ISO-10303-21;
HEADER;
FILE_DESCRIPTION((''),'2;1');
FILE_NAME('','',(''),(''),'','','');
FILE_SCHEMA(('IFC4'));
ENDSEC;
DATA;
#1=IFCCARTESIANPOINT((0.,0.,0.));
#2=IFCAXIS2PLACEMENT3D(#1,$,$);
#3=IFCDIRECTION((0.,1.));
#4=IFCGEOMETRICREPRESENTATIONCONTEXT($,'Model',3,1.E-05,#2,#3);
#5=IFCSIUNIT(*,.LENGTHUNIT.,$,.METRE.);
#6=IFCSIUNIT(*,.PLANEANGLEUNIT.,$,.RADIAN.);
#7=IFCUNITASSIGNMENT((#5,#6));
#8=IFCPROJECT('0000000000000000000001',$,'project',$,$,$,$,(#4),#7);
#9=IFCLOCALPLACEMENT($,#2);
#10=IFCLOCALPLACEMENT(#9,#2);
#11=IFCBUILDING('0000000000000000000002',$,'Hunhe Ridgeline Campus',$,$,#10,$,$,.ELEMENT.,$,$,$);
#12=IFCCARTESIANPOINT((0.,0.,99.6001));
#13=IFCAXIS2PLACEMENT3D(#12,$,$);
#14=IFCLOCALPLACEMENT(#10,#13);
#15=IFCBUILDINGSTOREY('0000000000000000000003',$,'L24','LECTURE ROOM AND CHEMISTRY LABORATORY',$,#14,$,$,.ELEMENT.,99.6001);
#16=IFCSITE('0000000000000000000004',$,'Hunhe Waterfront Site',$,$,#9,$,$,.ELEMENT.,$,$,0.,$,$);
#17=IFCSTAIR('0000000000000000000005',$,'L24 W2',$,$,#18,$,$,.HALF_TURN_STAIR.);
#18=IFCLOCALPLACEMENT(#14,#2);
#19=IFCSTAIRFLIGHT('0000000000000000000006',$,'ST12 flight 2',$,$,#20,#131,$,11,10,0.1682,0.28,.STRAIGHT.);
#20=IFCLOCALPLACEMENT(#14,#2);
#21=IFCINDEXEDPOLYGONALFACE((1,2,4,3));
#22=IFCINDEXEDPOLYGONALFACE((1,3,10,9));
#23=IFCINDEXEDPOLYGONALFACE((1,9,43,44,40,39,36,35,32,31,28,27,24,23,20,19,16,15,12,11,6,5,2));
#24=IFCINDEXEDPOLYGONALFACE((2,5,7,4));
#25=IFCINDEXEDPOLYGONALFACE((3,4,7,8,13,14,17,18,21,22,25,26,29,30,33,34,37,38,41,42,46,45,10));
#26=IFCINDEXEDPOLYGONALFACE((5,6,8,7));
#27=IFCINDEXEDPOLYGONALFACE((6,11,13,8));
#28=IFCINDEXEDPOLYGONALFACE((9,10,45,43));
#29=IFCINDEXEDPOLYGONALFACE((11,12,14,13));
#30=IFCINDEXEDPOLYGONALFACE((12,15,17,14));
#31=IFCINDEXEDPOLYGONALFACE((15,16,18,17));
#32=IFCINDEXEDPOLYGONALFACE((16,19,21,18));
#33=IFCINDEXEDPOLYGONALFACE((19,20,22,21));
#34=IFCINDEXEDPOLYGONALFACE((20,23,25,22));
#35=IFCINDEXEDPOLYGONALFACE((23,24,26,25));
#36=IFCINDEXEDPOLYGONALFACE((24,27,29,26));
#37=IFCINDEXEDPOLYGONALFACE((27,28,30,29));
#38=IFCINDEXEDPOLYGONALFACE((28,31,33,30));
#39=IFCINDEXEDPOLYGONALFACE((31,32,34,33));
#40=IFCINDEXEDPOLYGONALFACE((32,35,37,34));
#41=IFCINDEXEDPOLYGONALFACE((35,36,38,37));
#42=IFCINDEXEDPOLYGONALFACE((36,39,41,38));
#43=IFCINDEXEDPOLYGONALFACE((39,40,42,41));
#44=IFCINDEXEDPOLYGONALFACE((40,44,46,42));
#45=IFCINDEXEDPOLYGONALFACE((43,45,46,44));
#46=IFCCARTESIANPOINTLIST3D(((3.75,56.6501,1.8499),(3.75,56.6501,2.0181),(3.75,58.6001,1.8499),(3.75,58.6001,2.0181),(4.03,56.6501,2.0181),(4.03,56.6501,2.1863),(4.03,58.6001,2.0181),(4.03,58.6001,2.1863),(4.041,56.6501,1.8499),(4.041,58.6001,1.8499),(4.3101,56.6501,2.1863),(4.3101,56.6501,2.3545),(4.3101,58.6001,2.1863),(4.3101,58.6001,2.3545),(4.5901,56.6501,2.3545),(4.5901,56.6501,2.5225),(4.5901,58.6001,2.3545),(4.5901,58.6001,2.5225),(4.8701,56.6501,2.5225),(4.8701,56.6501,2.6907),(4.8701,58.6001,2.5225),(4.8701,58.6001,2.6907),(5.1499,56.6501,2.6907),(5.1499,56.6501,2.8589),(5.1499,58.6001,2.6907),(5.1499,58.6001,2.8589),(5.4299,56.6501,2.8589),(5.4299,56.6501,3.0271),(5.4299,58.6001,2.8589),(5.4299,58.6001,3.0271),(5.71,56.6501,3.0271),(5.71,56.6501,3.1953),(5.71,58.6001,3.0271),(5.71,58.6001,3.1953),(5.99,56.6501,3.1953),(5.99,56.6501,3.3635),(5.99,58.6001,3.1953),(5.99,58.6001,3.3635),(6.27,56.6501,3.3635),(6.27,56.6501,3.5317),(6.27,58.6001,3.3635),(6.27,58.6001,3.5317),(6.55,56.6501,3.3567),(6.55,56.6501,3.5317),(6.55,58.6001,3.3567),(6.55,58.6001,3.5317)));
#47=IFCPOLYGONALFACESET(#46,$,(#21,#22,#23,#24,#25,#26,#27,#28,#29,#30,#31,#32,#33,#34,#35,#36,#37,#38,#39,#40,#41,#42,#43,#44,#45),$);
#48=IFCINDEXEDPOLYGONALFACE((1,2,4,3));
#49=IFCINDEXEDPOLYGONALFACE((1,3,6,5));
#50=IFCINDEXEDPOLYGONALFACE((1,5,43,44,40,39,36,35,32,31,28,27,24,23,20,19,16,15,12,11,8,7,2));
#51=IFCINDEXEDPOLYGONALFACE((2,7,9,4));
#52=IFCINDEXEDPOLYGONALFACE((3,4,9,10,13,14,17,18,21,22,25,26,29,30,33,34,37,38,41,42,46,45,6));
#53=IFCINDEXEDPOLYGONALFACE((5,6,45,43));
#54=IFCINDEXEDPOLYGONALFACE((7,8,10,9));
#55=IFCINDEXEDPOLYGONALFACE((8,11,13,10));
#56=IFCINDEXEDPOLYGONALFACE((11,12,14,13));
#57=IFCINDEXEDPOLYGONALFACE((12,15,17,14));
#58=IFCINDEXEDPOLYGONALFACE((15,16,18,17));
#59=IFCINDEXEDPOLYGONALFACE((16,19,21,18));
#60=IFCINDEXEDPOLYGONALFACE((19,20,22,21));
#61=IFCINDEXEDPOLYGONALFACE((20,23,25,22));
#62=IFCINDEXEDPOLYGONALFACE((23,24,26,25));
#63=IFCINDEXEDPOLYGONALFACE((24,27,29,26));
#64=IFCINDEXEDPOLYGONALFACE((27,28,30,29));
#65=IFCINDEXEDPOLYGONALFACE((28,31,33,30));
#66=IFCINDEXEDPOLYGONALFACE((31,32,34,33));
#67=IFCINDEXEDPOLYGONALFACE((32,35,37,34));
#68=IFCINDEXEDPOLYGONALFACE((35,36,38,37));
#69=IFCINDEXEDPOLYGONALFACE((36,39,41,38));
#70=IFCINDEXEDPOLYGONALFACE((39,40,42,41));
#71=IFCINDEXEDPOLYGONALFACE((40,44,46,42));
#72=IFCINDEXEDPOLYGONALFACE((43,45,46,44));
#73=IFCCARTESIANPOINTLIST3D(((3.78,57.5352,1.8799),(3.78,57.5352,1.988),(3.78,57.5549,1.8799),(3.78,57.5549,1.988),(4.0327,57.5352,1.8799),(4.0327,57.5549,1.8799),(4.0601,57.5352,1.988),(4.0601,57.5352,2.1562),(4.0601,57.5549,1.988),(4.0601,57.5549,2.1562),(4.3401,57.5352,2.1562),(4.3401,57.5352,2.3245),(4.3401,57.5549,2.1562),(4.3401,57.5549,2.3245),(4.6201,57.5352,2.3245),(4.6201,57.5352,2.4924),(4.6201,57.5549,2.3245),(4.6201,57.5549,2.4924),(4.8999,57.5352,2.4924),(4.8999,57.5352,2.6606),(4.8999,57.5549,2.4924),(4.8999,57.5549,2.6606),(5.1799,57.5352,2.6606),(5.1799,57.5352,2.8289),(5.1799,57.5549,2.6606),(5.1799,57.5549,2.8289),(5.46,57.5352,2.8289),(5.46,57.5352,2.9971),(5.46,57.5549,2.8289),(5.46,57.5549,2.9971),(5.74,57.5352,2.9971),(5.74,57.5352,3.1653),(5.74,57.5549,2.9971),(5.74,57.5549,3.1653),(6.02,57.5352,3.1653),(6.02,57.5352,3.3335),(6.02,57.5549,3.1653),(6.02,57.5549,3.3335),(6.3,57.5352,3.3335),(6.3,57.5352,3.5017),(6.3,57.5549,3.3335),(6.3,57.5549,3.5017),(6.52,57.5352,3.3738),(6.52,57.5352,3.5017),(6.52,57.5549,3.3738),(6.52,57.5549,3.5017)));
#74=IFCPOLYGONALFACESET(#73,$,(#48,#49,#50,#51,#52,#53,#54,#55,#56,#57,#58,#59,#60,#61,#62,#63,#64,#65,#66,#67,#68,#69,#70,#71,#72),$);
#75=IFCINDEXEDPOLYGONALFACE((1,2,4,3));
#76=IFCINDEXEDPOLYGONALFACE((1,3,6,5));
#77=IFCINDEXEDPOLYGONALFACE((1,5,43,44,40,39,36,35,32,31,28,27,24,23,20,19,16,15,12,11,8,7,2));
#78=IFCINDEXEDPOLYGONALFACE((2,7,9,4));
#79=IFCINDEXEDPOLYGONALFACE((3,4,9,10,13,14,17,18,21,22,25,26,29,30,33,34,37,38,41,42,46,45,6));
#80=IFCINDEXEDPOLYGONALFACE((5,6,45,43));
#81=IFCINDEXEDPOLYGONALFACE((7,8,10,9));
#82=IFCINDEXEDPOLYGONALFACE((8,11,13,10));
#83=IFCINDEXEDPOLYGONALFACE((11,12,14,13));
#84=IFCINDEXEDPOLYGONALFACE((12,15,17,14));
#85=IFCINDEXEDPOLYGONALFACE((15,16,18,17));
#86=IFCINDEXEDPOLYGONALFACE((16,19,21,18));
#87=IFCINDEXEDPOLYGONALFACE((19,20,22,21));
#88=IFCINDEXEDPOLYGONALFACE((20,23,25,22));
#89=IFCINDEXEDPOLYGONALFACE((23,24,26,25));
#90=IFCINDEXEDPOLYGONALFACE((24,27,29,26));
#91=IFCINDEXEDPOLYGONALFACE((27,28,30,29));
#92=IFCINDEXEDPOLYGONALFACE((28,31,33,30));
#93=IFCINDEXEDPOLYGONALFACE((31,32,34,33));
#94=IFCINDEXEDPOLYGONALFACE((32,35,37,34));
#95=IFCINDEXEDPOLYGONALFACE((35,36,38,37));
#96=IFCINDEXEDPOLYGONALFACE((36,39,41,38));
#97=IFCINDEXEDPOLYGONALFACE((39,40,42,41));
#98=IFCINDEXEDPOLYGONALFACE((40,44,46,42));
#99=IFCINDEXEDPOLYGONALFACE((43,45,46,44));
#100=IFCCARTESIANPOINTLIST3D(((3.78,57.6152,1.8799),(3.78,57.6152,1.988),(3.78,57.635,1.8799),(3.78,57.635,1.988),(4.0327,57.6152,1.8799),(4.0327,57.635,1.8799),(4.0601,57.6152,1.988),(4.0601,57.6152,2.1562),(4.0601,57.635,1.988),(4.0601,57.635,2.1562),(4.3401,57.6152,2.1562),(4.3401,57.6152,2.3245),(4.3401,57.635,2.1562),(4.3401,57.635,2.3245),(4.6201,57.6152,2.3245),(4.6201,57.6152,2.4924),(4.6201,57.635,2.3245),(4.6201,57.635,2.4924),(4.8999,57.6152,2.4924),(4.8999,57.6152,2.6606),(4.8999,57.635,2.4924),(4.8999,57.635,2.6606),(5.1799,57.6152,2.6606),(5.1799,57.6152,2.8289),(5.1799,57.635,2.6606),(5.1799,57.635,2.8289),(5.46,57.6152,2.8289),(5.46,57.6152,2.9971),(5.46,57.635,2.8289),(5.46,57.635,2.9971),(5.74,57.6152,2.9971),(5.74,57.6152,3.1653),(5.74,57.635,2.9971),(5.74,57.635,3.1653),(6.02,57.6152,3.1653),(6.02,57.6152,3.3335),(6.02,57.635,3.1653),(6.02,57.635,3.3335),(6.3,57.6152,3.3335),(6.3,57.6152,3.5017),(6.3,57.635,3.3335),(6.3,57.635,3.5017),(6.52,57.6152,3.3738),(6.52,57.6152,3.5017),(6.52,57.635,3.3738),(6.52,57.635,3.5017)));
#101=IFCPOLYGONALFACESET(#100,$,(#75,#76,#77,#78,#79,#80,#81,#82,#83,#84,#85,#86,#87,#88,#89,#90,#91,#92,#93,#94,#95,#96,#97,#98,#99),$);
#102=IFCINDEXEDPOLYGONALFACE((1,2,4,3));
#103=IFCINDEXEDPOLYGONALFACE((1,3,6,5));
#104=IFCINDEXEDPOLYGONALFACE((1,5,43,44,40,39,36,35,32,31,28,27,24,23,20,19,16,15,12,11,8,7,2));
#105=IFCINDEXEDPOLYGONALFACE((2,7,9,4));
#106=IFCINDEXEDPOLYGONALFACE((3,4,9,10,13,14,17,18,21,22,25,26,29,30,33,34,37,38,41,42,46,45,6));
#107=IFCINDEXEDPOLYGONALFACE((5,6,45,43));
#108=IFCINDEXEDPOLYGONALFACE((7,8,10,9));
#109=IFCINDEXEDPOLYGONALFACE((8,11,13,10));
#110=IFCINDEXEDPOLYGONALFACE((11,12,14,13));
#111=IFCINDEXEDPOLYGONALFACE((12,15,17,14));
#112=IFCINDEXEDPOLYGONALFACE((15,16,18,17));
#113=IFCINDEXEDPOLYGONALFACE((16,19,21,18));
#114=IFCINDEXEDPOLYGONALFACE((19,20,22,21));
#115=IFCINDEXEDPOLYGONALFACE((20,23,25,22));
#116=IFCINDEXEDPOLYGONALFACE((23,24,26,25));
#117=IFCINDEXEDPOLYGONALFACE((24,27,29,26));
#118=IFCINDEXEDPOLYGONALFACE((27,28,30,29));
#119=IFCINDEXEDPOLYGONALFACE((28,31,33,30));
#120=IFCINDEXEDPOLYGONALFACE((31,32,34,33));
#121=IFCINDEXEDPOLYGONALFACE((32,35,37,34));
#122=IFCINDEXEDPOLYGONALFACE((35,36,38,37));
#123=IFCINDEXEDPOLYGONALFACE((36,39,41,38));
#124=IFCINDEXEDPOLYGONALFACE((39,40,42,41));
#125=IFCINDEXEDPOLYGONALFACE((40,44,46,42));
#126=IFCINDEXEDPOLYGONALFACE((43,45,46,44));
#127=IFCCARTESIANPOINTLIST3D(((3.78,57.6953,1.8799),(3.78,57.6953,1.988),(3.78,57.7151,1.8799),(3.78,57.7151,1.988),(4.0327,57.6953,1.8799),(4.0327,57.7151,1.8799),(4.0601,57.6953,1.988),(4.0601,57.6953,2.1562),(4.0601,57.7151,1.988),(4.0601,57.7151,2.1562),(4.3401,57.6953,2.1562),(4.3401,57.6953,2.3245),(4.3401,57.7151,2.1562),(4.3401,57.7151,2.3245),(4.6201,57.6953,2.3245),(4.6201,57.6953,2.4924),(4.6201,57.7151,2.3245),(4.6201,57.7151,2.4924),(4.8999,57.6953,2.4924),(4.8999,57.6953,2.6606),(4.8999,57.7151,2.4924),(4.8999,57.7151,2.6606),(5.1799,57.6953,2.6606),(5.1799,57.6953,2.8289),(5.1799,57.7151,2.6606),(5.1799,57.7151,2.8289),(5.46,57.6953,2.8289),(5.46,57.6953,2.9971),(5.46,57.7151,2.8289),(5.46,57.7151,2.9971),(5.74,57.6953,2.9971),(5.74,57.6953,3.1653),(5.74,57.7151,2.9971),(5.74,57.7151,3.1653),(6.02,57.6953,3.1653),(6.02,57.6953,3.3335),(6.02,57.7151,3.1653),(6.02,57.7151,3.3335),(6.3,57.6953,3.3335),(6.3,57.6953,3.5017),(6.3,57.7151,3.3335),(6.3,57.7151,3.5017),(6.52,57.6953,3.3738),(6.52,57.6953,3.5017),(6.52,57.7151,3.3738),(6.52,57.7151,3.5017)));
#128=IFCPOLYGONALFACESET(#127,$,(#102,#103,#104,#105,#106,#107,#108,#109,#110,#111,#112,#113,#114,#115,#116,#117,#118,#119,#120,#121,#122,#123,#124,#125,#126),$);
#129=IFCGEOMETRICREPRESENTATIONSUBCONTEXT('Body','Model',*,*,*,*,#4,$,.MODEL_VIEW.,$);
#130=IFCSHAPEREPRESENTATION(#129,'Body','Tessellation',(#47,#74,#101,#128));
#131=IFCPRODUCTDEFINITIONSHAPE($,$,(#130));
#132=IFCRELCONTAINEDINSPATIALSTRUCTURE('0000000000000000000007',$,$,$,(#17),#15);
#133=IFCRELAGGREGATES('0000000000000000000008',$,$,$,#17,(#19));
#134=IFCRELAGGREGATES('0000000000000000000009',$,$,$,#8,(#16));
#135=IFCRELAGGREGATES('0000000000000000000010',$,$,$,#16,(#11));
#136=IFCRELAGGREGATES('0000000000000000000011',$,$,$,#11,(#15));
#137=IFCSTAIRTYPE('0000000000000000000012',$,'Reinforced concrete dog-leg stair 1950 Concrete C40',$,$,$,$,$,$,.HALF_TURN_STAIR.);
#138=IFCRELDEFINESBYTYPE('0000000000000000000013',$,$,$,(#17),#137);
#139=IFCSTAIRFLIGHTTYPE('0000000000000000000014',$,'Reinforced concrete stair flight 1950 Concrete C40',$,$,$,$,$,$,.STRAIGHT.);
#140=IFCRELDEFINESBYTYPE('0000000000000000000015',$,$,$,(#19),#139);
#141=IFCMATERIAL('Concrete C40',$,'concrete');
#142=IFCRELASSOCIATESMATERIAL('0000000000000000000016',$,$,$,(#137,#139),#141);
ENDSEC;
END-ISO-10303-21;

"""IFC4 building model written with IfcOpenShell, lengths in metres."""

from ifc_helpers import new_model, si_unit, direction, frame, origin, place, context, subcontext, project, spatial, polyline, outline, extrude, material, type_object, element, aggregate, save


model = new_model("IFC4")

# Units and contexts
model_context = context("Model", 3, precision=1e-05, world=origin(), true_north=direction((0.0, 1.0)))
body_context = subcontext(model_context, "Body", "Model", "MODEL_VIEW")
ifc_project = project(units=[si_unit("LENGTHUNIT", "METRE"), si_unit("PLANEANGLEUNIT", "RADIAN")], contexts=[model_context])

# Site, building, storey
site_placement = place(None, origin())
site = spatial("IfcSite", under=ifc_project, at=site_placement, Name="Hunhe Waterfront Site", CompositionType="ELEMENT", RefElevation=0.0)
building_placement = place(site_placement, origin())
building = spatial("IfcBuilding", under=site, at=building_placement, Name="Hunhe Ridgeline Campus", CompositionType="ELEMENT")
storey_placement = place(building_placement, frame((0.0, 0.0, 99.6001)))
storey = spatial("IfcBuildingStorey", under=building, at=storey_placement, Name="L24", Description="LECTURE ROOM AND CHEMISTRY LABORATORY", CompositionType="ELEMENT", Elevation=99.6001)

# Stair, stair flight
ifc_material_1 = material(Name="Concrete C40", Category="concrete")
stair_type = type_object("IfcStairType", Name="Reinforced concrete dog-leg stair 1950 Concrete C40", PredefinedType="HALF_TURN_STAIR", material=ifc_material_1)
stair_placement = place(storey_placement, origin())
stair = element("IfcStair", 1, at=stair_placement, inside=storey, type_object=stair_type, Name="L24 W2", PredefinedType="HALF_TURN_STAIR")
stair_flight_type = type_object("IfcStairFlightType", Name="Reinforced concrete stair flight 1950 Concrete C40", PredefinedType="STRAIGHT", material=ifc_material_1)
stair_flight_1_placement = place(storey_placement, frame((3.75, 57.625, 1.8499), z_axis=(0.0, 0.0, 1.0), x_axis=(1.0, 0.0, 0.0)))
stair_flight_1 = element("IfcStairFlight", 2, at=stair_flight_1_placement, type_object=stair_flight_type, Name="ST12 flight 2", NumberOfRisers=11, NumberOfTreads=10, PredefinedType="STRAIGHT", RiserHeight=0.1682, TreadLength=0.28, context=body_context, shape_type="SweptSolid", body=[
    extrude(outline(polyline([(0.0, 0.0), (0.0, 0.1682), (0.28, 0.1682), (0.28, 0.3364), (0.5601, 0.3364), (0.5601, 0.5046), (0.8401, 0.5046), (0.8401, 0.6726), (1.1201, 0.6726), (1.1201, 0.8408), (1.3999, 0.8408), (1.3999, 1.009), (1.6799, 1.009), (1.6799, 1.1772), (1.96, 1.1772), (1.96, 1.3455), (2.24, 1.3455), (2.24, 1.5137), (2.52, 1.5137), (2.52, 1.6819), (2.8, 1.6819), (2.8, 1.8501), (2.8, 1.5068), (0.291, 0.0), (0.0, 0.0)])), frame((0.0, 0.9751, 0.0), z_axis=(0.0, -1.0, 0.0), x_axis=(1.0, 0.0, 0.0)), (0.0, 0.0, 1.0), 1.95),
    extrude(outline(polyline([(0.03, 0.03), (0.03, 0.1382), (0.3101, 0.1382), (0.3101, 0.3064), (0.5901, 0.3064), (0.5901, 0.4746), (0.8701, 0.4746), (0.8701, 0.6426), (1.1499, 0.6426), (1.1499, 0.8108), (1.4299, 0.8108), (1.4299, 0.979), (1.71, 0.979), (1.71, 1.1472), (1.99, 1.1472), (1.99, 1.3154), (2.27, 1.3154), (2.27, 1.4836), (2.55, 1.4836), (2.55, 1.6519), (2.77, 1.6519), (2.77, 1.5239), (0.2827, 0.03), (0.03, 0.03)])), frame((0.0, -0.0701, 0.0), z_axis=(0.0, -1.0, 0.0), x_axis=(1.0, 0.0, 0.0)), (0.0, 0.0, 1.0), 0.0198),
    extrude(outline(polyline([(0.03, 0.03), (0.03, 0.1382), (0.3101, 0.1382), (0.3101, 0.3064), (0.5901, 0.3064), (0.5901, 0.4746), (0.8701, 0.4746), (0.8701, 0.6426), (1.1499, 0.6426), (1.1499, 0.8108), (1.4299, 0.8108), (1.4299, 0.979), (1.71, 0.979), (1.71, 1.1472), (1.99, 1.1472), (1.99, 1.3154), (2.27, 1.3154), (2.27, 1.4836), (2.55, 1.4836), (2.55, 1.6519), (2.77, 1.6519), (2.77, 1.5239), (0.2827, 0.03), (0.03, 0.03)])), frame((0.0, 0.01, 0.0), z_axis=(0.0, -1.0, 0.0), x_axis=(1.0, 0.0, 0.0)), (0.0, 0.0, 1.0), 0.0198),
    extrude(outline(polyline([(0.03, 0.03), (0.03, 0.1382), (0.3101, 0.1382), (0.3101, 0.3064), (0.5901, 0.3064), (0.5901, 0.4746), (0.8701, 0.4746), (0.8701, 0.6426), (1.1499, 0.6426), (1.1499, 0.8108), (1.4299, 0.8108), (1.4299, 0.979), (1.71, 0.979), (1.71, 1.1472), (1.99, 1.1472), (1.99, 1.3154), (2.27, 1.3154), (2.27, 1.4836), (2.55, 1.4836), (2.55, 1.6519), (2.77, 1.6519), (2.77, 1.5239), (0.2827, 0.03), (0.03, 0.03)])), frame((0.0, 0.0901, 0.0), z_axis=(0.0, -1.0, 0.0), x_axis=(1.0, 0.0, 0.0)), (0.0, 0.0, 1.0), 0.0198),
])
aggregate(stair, [stair_flight_1])

save(model, "model.ifc")
